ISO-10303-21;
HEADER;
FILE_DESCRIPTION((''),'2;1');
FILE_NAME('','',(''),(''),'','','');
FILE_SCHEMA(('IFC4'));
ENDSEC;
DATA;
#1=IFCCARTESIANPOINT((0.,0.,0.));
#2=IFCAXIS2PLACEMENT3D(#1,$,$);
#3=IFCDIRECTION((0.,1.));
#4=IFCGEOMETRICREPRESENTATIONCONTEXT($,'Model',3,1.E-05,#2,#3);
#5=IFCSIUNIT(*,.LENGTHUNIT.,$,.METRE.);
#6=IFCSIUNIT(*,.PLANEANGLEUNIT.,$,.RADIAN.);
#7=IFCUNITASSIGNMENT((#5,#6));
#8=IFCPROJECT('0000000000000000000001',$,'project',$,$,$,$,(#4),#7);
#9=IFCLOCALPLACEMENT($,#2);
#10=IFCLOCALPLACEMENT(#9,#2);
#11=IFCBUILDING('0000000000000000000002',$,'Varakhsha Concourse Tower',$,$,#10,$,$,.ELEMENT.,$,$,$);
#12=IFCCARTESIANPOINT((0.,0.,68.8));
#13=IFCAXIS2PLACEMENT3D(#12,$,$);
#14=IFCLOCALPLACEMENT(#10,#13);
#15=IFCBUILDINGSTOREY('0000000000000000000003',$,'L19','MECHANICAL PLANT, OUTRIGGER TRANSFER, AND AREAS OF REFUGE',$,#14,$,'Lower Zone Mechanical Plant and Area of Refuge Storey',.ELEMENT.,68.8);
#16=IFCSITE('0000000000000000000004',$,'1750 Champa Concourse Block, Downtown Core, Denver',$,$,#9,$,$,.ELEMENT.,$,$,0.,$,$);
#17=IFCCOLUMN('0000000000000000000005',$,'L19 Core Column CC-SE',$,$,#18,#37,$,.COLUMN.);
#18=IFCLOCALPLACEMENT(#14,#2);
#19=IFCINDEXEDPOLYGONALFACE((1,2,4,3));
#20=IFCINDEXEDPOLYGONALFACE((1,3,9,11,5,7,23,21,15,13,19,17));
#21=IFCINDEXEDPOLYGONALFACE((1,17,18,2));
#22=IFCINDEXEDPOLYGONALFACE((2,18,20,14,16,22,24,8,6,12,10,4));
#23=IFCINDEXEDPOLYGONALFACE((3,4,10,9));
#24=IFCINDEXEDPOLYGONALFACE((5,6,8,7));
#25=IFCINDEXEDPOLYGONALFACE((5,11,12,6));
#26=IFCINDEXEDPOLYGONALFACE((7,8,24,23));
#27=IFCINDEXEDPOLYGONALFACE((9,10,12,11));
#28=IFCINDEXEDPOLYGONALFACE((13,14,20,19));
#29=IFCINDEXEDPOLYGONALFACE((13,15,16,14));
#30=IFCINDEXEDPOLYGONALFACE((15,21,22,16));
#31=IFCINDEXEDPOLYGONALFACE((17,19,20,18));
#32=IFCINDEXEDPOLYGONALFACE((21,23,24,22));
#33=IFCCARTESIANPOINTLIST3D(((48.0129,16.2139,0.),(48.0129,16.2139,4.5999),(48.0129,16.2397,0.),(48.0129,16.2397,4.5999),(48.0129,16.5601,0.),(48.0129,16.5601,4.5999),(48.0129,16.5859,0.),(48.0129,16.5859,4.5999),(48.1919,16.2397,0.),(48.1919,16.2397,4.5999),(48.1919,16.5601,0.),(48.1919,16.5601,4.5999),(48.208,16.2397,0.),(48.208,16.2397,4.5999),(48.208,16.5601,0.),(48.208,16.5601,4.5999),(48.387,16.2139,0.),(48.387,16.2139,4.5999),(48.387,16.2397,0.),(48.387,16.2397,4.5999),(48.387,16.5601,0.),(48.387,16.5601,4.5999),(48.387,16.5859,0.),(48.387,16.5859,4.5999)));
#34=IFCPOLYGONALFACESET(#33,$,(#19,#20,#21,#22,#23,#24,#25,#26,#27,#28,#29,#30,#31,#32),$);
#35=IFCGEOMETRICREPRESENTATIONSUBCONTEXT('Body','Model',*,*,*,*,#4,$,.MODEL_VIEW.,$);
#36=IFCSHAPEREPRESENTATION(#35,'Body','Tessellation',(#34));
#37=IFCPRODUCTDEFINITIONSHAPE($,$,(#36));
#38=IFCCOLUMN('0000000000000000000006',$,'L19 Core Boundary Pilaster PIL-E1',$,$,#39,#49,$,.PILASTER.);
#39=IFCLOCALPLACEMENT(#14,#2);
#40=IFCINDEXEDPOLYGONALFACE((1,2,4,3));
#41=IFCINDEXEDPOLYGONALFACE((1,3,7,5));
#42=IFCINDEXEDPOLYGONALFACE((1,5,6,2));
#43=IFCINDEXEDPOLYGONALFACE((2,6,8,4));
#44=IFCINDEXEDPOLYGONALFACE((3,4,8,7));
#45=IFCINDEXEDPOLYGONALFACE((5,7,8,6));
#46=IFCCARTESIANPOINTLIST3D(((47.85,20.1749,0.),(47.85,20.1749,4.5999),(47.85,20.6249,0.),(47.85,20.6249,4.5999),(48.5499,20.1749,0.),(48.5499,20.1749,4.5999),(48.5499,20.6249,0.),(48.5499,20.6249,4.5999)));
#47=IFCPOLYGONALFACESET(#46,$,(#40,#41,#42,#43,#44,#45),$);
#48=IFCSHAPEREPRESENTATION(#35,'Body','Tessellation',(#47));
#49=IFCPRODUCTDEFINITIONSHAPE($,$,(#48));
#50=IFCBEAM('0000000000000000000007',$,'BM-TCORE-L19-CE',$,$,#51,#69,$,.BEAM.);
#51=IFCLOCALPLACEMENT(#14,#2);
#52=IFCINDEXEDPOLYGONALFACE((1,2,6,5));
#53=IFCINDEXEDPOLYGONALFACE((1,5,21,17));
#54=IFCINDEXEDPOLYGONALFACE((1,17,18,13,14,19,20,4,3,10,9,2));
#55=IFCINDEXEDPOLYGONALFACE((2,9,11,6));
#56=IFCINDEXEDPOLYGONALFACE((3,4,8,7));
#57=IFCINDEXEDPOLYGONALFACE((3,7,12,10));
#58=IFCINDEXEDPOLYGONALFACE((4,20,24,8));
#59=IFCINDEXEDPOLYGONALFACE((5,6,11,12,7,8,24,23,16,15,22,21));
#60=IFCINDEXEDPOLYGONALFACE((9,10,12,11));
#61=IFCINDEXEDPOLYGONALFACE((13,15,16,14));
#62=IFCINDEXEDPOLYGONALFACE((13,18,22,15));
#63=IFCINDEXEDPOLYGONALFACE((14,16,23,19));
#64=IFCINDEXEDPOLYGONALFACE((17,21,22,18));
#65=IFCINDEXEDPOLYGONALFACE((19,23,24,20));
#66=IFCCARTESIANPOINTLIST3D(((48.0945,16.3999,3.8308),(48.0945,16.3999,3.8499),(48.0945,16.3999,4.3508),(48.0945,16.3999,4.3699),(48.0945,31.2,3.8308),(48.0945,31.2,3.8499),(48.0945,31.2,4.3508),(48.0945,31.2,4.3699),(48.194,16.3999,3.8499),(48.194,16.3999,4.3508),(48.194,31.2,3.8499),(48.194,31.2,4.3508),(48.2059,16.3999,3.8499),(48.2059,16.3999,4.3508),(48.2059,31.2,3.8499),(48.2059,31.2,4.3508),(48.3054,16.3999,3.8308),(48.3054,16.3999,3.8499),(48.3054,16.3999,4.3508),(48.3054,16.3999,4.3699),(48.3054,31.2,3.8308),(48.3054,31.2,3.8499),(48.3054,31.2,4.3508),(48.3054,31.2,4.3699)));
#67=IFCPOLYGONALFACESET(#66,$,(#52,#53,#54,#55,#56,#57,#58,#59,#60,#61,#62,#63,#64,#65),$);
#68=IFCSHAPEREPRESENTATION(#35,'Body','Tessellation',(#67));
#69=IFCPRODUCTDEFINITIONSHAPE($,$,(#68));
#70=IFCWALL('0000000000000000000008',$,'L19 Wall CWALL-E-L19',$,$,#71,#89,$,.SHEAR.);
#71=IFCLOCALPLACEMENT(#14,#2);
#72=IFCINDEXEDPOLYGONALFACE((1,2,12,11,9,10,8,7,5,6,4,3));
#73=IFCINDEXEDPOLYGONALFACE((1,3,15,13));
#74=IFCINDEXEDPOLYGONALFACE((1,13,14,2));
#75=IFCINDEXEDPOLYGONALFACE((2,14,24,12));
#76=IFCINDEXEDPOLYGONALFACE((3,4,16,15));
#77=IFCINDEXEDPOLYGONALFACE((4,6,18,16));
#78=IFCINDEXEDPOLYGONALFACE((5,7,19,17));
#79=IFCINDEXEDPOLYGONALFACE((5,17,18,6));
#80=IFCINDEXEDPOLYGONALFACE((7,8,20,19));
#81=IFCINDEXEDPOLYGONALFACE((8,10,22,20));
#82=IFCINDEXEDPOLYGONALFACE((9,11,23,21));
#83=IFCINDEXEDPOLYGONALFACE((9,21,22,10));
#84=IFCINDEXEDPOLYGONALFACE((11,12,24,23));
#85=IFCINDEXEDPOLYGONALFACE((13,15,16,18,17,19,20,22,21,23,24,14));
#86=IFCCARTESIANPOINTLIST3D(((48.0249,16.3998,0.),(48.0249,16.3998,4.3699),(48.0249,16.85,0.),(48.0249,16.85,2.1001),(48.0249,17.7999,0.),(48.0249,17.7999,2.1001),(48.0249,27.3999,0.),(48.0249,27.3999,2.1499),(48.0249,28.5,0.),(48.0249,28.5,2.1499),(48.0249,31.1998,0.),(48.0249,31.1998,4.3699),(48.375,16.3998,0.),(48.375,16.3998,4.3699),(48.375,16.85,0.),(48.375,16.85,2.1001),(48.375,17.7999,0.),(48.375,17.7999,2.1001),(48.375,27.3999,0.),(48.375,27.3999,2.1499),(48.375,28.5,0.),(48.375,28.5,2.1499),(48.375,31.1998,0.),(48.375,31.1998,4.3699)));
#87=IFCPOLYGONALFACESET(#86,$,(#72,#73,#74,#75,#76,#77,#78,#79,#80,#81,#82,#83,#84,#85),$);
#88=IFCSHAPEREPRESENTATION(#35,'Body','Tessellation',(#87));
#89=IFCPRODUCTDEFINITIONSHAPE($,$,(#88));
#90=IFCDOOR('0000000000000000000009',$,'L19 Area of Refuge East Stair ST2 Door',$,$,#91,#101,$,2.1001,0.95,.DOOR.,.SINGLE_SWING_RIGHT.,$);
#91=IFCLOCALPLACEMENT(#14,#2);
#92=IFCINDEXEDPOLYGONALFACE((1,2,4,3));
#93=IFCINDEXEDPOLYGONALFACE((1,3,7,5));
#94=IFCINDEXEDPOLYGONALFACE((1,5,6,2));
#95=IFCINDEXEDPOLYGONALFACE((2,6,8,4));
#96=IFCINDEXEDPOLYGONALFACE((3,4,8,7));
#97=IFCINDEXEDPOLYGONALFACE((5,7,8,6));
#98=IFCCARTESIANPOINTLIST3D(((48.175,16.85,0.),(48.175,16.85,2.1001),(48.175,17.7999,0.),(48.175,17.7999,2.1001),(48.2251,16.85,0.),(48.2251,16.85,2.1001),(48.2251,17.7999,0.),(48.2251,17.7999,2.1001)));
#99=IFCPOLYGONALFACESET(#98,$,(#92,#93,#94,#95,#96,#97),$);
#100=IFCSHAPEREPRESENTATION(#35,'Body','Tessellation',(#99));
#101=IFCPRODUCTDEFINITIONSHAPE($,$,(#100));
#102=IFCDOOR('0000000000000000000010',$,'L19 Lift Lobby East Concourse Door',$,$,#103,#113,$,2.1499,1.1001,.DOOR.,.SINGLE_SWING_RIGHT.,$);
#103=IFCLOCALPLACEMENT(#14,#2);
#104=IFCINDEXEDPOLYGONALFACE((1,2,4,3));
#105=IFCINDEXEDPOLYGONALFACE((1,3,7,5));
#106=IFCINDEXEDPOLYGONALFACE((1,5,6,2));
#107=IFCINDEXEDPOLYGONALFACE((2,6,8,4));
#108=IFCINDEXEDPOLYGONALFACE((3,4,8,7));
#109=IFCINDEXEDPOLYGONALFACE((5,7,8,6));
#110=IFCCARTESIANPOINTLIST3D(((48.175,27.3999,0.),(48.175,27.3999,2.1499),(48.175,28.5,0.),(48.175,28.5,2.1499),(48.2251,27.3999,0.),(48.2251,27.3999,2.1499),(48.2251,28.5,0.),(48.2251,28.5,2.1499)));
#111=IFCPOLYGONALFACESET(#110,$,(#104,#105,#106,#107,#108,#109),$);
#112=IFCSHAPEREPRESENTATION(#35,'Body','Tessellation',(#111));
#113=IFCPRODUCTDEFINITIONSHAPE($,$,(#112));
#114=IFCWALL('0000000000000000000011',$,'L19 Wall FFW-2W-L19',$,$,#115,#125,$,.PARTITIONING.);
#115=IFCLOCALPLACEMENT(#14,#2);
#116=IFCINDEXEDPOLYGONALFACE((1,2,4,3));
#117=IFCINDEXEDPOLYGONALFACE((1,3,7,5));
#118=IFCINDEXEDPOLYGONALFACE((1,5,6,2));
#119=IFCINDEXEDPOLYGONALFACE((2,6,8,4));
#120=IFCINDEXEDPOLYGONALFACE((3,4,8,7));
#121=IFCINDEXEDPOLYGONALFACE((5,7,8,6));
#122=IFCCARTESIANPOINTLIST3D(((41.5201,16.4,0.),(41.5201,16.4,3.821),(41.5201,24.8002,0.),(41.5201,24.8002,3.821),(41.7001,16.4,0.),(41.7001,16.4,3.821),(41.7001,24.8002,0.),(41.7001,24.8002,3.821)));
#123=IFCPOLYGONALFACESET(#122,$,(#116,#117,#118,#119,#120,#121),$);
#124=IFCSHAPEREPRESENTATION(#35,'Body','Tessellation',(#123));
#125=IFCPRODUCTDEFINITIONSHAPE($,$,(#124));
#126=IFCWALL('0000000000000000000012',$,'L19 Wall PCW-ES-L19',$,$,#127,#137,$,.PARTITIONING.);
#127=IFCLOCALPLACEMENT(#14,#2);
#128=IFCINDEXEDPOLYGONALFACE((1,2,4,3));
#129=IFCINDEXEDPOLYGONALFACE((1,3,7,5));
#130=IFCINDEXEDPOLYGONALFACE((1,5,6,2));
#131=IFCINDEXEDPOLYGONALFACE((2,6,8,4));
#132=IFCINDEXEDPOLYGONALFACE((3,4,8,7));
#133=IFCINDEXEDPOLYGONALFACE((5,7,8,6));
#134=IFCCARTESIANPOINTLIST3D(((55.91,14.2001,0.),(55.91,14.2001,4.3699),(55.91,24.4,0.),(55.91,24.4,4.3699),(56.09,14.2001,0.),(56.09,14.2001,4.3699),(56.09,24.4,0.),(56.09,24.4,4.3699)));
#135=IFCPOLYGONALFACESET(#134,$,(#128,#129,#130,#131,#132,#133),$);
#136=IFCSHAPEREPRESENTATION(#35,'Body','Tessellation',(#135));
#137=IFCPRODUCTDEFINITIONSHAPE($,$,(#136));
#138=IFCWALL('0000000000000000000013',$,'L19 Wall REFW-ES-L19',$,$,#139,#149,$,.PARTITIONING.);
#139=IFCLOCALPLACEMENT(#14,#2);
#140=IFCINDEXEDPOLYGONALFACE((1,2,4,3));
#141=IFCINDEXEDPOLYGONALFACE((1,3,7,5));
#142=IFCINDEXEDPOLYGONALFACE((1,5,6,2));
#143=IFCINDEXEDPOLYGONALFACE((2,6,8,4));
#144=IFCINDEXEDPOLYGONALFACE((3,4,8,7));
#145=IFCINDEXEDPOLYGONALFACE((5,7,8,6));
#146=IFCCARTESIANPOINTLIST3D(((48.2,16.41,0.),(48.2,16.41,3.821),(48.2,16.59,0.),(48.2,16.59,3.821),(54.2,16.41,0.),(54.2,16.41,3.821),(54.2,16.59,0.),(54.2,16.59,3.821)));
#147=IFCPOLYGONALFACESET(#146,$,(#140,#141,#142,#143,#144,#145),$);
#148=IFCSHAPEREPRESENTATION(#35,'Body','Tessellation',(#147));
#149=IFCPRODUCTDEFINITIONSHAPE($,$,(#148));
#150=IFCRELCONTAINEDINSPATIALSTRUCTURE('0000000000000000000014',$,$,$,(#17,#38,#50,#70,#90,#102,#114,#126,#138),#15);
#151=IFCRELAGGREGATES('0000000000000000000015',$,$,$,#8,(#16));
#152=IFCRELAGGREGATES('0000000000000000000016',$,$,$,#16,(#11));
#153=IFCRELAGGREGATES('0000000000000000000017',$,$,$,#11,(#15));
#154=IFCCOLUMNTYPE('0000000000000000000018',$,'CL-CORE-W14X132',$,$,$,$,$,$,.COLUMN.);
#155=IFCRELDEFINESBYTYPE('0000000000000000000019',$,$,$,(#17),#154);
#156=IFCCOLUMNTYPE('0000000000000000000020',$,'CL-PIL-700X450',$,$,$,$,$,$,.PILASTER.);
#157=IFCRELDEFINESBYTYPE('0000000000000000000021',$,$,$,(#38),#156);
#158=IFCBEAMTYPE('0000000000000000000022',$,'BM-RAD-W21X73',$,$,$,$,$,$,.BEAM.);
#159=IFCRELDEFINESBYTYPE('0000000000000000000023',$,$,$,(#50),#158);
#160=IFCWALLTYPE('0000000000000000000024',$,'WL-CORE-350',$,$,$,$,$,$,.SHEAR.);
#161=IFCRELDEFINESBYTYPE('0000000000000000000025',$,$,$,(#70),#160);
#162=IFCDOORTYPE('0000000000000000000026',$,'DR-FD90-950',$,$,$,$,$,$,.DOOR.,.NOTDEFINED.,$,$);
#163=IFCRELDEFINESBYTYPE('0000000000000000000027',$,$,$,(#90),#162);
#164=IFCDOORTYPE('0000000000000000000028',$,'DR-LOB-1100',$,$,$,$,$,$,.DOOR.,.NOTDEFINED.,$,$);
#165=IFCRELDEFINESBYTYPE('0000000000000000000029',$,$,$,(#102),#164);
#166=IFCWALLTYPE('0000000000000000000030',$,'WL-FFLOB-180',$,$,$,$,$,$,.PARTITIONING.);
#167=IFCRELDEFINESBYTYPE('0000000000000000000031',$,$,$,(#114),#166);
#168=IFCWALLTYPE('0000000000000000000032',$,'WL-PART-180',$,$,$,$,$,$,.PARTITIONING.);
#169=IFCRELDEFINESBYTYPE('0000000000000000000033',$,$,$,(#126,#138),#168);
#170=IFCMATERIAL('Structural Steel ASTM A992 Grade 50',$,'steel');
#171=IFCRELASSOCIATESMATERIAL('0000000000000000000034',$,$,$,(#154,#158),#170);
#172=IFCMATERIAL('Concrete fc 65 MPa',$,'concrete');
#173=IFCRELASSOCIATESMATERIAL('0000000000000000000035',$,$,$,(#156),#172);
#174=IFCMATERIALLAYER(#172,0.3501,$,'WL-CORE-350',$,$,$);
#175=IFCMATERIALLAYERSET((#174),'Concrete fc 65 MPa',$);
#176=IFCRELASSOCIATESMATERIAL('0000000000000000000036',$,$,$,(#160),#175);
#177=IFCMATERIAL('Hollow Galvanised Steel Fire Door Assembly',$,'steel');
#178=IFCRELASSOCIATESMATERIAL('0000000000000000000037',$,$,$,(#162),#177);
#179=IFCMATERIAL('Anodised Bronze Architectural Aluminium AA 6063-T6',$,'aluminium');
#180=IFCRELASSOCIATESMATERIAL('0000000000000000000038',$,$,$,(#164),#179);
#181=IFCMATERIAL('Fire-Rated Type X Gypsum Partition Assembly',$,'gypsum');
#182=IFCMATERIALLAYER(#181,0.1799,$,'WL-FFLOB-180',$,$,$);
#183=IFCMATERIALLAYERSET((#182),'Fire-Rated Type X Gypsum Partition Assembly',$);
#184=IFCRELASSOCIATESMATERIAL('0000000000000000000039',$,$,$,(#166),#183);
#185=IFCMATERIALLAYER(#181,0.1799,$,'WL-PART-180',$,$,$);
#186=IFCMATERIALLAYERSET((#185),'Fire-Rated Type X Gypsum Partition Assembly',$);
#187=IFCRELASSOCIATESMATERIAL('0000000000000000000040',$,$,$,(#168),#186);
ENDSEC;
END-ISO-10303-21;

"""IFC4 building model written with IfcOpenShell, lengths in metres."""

from ifc_helpers import new_model, si_unit, direction, frame, frame_2d, origin, origin_2d, place, context, subcontext, project, spatial, rectangle, i_section, extrude, material, layer, layer_set, material_profile, profile_set, type_object, element, fill, save


model = new_model("IFC4")

# Units and contexts
model_context = context("Model", 3, precision=1e-05, world=origin(), true_north=direction((0.0, 1.0)))
body_context = subcontext(model_context, "Body", "Model", "MODEL_VIEW")
ifc_project = project(units=[si_unit("LENGTHUNIT", "METRE"), si_unit("PLANEANGLEUNIT", "RADIAN")], contexts=[model_context])

# Site, building, storey
site_placement = place(None, origin())
site = spatial("IfcSite", under=ifc_project, at=site_placement, Name="1750 Champa Concourse Block, Downtown Core, Denver", CompositionType="ELEMENT", RefElevation=0.0)
building_placement = place(site_placement, origin())
building = spatial("IfcBuilding", under=site, at=building_placement, Name="Varakhsha Concourse Tower", CompositionType="ELEMENT")
storey_placement = place(building_placement, frame((0.0, 0.0, 68.8)))
storey = spatial("IfcBuildingStorey", under=building, at=storey_placement, Name="L19", Description="MECHANICAL PLANT, OUTRIGGER TRANSFER, AND AREAS OF REFUGE", LongName="Lower Zone Mechanical Plant and Area of Refuge Storey", CompositionType="ELEMENT", Elevation=68.8)

# Columns
ifc_material_1 = material(Name="Structural Steel ASTM A992 Grade 50", Category="steel")
ifc_material_profile_1 = material_profile(ifc_material_1, i_section(OverallWidth=0.374, OverallDepth=0.3721, WebThickness=0.0161, FlangeThickness=0.0259, at=origin_2d()), Name="W14X132")
ifc_profile_set_1 = profile_set([ifc_material_profile_1], Name="Structural Steel ASTM A992 Grade 50")
column_type_1 = type_object("IfcColumnType", Name="CL-CORE-W14X132", PredefinedType="COLUMN", material=ifc_profile_set_1)
column_1_placement = place(storey_placement, frame((48.2, 16.3999, 0.0), z_axis=(0.0, 0.0, 1.0), x_axis=(1.0, 0.0, 0.0)))
element("IfcColumn", 1, at=column_1_placement, inside=storey, type_object=column_type_1, Name="L19 Core Column CC-SE", PredefinedType="COLUMN", context=body_context, shape_type="SweptSolid", body=[
    extrude(i_section(OverallWidth=0.374, OverallDepth=0.3721, WebThickness=0.0161, FlangeThickness=0.0259, at=origin_2d()), origin(), (0.0, 0.0, 1.0), 4.5999),
])
ifc_material_2 = material(Name="Concrete fc 65 MPa", Category="concrete")
ifc_material_profile_2 = material_profile(ifc_material_2, rectangle(XDim=0.7, YDim=0.45, at=origin_2d()), Name="RC 700x450")
ifc_profile_set_2 = profile_set([ifc_material_profile_2], Name="Concrete fc 65 MPa")
column_type_2 = type_object("IfcColumnType", Name="CL-PIL-700X450", PredefinedType="PILASTER", material=ifc_profile_set_2)
column_2_placement = place(storey_placement, frame((48.2, 20.3999, 0.0), z_axis=(0.0, 0.0, 1.0), x_axis=(1.0, 0.0, 0.0)))
element("IfcColumn", 2, at=column_2_placement, inside=storey, type_object=column_type_2, Name="L19 Core Boundary Pilaster PIL-E1", PredefinedType="PILASTER", context=body_context, shape_type="SweptSolid", body=[
    extrude(rectangle(XDim=0.7, YDim=0.45, at=origin_2d()), origin(), (0.0, 0.0, 1.0), 4.5999),
])

# Beam
ifc_material_profile_3 = material_profile(ifc_material_1, i_section(OverallWidth=0.2109, OverallDepth=0.5391, WebThickness=0.012, FlangeThickness=0.019, at=origin_2d()), Name="W21X73")
ifc_profile_set_3 = profile_set([ifc_material_profile_3], Name="Structural Steel ASTM A992 Grade 50")
beam_type = type_object("IfcBeamType", Name="BM-RAD-W21X73", PredefinedType="BEAM", material=ifc_profile_set_3)
beam_placement = place(storey_placement, frame((48.2, 16.3999, 4.1003), z_axis=(0.0, 1.0, 0.0), x_axis=(-1.0, 0.0, 0.0)))
element("IfcBeam", 3, at=beam_placement, inside=storey, type_object=beam_type, Name="BM-TCORE-L19-CE", PredefinedType="BEAM", context=body_context, shape_type="SweptSolid", body=[
    extrude(i_section(OverallWidth=0.2109, OverallDepth=0.5391, WebThickness=0.012, FlangeThickness=0.019, at=origin_2d()), origin(), (0.0, 0.0, 1.0), 14.8),
])

# Wall, openings, doors
ifc_layer_1 = layer(ifc_material_2, 0.3501, Name="WL-CORE-350")
ifc_layer_set_1 = layer_set([ifc_layer_1], Name="Concrete fc 65 MPa")
wall_type_1 = type_object("IfcWallType", Name="WL-CORE-350", PredefinedType="SHEAR", material=ifc_layer_set_1)
wall_1_placement = place(storey_placement, frame((48.2, 16.3999, 0.0), z_axis=(0.0, 0.0, 1.0), x_axis=(0.0, 1.0, 0.0)))
wall_1 = element("IfcWall", 4, at=wall_1_placement, inside=storey, type_object=wall_type_1, Name="L19 Wall CWALL-E-L19", PredefinedType="SHEAR", context=body_context, shape_type="SweptSolid", body=[
    extrude(rectangle(XDim=14.8, YDim=0.3501, at=frame_2d((7.3999, 0.0))), origin(), (0.0, 0.0, 1.0), 4.3699),
])
opening_1_placement = place(wall_1_placement, frame((11.0, 0.0, 0.0)))
opening_1 = element("IfcOpeningElement", 5, at=opening_1_placement, cuts=wall_1, PredefinedType="OPENING", context=body_context, shape_type="SweptSolid", body=[
    extrude(rectangle(XDim=1.1001, YDim=2.1499, at=frame_2d((0.55, 1.075))), frame((0.0, 0.1851, 0.0), z_axis=(0.0, -1.0, 0.0), x_axis=(1.0, 0.0, 0.0)), (0.0, 0.0, 1.0), 0.3701),
])
opening_2_placement = place(wall_1_placement, frame((0.45, 0.0, 0.0)))
opening_2 = element("IfcOpeningElement", 6, at=opening_2_placement, cuts=wall_1, PredefinedType="OPENING", context=body_context, shape_type="SweptSolid", body=[
    extrude(rectangle(XDim=0.95, YDim=2.1001, at=frame_2d((0.4751, 1.05))), frame((0.0, 0.1851, 0.0), z_axis=(0.0, -1.0, 0.0), x_axis=(1.0, 0.0, 0.0)), (0.0, 0.0, 1.0), 0.3701),
])
ifc_material_3 = material(Name="Hollow Galvanised Steel Fire Door Assembly", Category="steel")
door_type_1 = type_object("IfcDoorType", Name="DR-FD90-950", OperationType="NOTDEFINED", PredefinedType="DOOR", material=ifc_material_3)
door_1_placement = place(opening_2_placement, origin())
door_1 = element("IfcDoor", 7, at=door_1_placement, inside=storey, type_object=door_type_1, Name="L19 Area of Refuge East Stair ST2 Door", OperationType="SINGLE_SWING_RIGHT", OverallHeight=2.1001, OverallWidth=0.95, PredefinedType="DOOR", context=body_context, shape_type="SweptSolid", body=[
    extrude(rectangle(XDim=0.95, YDim=2.1001, at=frame_2d((0.4751, 1.05))), frame((0.0, 0.0249, 0.0), z_axis=(0.0, -1.0, 0.0), x_axis=(1.0, 0.0, 0.0)), (0.0, 0.0, 1.0), 0.05),
])
fill(opening_2, door_1)
ifc_material_4 = material(Name="Anodised Bronze Architectural Aluminium AA 6063-T6", Category="aluminium")
door_type_2 = type_object("IfcDoorType", Name="DR-LOB-1100", OperationType="NOTDEFINED", PredefinedType="DOOR", material=ifc_material_4)
door_2_placement = place(opening_1_placement, origin())
door_2 = element("IfcDoor", 8, at=door_2_placement, inside=storey, type_object=door_type_2, Name="L19 Lift Lobby East Concourse Door", OperationType="SINGLE_SWING_RIGHT", OverallHeight=2.1499, OverallWidth=1.1001, PredefinedType="DOOR", context=body_context, shape_type="SweptSolid", body=[
    extrude(rectangle(XDim=1.1001, YDim=2.1499, at=frame_2d((0.55, 1.075))), frame((0.0, 0.0249, 0.0), z_axis=(0.0, -1.0, 0.0), x_axis=(1.0, 0.0, 0.0)), (0.0, 0.0, 1.0), 0.05),
])
fill(opening_1, door_2)

# Walls
ifc_material_5 = material(Name="Fire-Rated Type X Gypsum Partition Assembly", Category="gypsum")
ifc_layer_2 = layer(ifc_material_5, 0.1799, Name="WL-FFLOB-180")
ifc_layer_set_2 = layer_set([ifc_layer_2], Name="Fire-Rated Type X Gypsum Partition Assembly")
wall_type_2 = type_object("IfcWallType", Name="WL-FFLOB-180", PredefinedType="PARTITIONING", material=ifc_layer_set_2)
wall_2_placement = place(storey_placement, frame((41.6101, 16.3999, 0.0), z_axis=(0.0, 0.0, 1.0), x_axis=(0.0, 1.0, 0.0)))
element("IfcWall", 9, at=wall_2_placement, inside=storey, type_object=wall_type_2, Name="L19 Wall FFW-2W-L19", PredefinedType="PARTITIONING", context=body_context, shape_type="SweptSolid", body=[
    extrude(rectangle(XDim=8.4001, YDim=0.1799, at=frame_2d((4.2002, 0.0))), origin(), (0.0, 0.0, 1.0), 3.821),
])
ifc_layer_3 = layer(ifc_material_5, 0.1799, Name="WL-PART-180")
ifc_layer_set_3 = layer_set([ifc_layer_3], Name="Fire-Rated Type X Gypsum Partition Assembly")
wall_type_3 = type_object("IfcWallType", Name="WL-PART-180", PredefinedType="PARTITIONING", material=ifc_layer_set_3)
wall_3_placement = place(storey_placement, frame((56.0, 14.2, 0.0), z_axis=(0.0, 0.0, 1.0), x_axis=(0.0, 1.0, 0.0)))
element("IfcWall", 10, at=wall_3_placement, inside=storey, type_object=wall_type_3, Name="L19 Wall PCW-ES-L19", PredefinedType="PARTITIONING", context=body_context, shape_type="SweptSolid", body=[
    extrude(rectangle(XDim=10.2, YDim=0.1799, at=frame_2d((5.1001, 0.0))), origin(), (0.0, 0.0, 1.0), 4.3699),
])
wall_4_placement = place(storey_placement, frame((48.2, 16.5, 0.0), z_axis=(0.0, 0.0, 1.0), x_axis=(1.0, 0.0, 0.0)))
element("IfcWall", 11, at=wall_4_placement, inside=storey, type_object=wall_type_3, Name="L19 Wall REFW-ES-L19", PredefinedType="PARTITIONING", context=body_context, shape_type="SweptSolid", body=[
    extrude(rectangle(XDim=6.0, YDim=0.1799, at=frame_2d((3.0, 0.0))), origin(), (0.0, 0.0, 1.0), 3.821),
])

save(model, "model.ifc")
